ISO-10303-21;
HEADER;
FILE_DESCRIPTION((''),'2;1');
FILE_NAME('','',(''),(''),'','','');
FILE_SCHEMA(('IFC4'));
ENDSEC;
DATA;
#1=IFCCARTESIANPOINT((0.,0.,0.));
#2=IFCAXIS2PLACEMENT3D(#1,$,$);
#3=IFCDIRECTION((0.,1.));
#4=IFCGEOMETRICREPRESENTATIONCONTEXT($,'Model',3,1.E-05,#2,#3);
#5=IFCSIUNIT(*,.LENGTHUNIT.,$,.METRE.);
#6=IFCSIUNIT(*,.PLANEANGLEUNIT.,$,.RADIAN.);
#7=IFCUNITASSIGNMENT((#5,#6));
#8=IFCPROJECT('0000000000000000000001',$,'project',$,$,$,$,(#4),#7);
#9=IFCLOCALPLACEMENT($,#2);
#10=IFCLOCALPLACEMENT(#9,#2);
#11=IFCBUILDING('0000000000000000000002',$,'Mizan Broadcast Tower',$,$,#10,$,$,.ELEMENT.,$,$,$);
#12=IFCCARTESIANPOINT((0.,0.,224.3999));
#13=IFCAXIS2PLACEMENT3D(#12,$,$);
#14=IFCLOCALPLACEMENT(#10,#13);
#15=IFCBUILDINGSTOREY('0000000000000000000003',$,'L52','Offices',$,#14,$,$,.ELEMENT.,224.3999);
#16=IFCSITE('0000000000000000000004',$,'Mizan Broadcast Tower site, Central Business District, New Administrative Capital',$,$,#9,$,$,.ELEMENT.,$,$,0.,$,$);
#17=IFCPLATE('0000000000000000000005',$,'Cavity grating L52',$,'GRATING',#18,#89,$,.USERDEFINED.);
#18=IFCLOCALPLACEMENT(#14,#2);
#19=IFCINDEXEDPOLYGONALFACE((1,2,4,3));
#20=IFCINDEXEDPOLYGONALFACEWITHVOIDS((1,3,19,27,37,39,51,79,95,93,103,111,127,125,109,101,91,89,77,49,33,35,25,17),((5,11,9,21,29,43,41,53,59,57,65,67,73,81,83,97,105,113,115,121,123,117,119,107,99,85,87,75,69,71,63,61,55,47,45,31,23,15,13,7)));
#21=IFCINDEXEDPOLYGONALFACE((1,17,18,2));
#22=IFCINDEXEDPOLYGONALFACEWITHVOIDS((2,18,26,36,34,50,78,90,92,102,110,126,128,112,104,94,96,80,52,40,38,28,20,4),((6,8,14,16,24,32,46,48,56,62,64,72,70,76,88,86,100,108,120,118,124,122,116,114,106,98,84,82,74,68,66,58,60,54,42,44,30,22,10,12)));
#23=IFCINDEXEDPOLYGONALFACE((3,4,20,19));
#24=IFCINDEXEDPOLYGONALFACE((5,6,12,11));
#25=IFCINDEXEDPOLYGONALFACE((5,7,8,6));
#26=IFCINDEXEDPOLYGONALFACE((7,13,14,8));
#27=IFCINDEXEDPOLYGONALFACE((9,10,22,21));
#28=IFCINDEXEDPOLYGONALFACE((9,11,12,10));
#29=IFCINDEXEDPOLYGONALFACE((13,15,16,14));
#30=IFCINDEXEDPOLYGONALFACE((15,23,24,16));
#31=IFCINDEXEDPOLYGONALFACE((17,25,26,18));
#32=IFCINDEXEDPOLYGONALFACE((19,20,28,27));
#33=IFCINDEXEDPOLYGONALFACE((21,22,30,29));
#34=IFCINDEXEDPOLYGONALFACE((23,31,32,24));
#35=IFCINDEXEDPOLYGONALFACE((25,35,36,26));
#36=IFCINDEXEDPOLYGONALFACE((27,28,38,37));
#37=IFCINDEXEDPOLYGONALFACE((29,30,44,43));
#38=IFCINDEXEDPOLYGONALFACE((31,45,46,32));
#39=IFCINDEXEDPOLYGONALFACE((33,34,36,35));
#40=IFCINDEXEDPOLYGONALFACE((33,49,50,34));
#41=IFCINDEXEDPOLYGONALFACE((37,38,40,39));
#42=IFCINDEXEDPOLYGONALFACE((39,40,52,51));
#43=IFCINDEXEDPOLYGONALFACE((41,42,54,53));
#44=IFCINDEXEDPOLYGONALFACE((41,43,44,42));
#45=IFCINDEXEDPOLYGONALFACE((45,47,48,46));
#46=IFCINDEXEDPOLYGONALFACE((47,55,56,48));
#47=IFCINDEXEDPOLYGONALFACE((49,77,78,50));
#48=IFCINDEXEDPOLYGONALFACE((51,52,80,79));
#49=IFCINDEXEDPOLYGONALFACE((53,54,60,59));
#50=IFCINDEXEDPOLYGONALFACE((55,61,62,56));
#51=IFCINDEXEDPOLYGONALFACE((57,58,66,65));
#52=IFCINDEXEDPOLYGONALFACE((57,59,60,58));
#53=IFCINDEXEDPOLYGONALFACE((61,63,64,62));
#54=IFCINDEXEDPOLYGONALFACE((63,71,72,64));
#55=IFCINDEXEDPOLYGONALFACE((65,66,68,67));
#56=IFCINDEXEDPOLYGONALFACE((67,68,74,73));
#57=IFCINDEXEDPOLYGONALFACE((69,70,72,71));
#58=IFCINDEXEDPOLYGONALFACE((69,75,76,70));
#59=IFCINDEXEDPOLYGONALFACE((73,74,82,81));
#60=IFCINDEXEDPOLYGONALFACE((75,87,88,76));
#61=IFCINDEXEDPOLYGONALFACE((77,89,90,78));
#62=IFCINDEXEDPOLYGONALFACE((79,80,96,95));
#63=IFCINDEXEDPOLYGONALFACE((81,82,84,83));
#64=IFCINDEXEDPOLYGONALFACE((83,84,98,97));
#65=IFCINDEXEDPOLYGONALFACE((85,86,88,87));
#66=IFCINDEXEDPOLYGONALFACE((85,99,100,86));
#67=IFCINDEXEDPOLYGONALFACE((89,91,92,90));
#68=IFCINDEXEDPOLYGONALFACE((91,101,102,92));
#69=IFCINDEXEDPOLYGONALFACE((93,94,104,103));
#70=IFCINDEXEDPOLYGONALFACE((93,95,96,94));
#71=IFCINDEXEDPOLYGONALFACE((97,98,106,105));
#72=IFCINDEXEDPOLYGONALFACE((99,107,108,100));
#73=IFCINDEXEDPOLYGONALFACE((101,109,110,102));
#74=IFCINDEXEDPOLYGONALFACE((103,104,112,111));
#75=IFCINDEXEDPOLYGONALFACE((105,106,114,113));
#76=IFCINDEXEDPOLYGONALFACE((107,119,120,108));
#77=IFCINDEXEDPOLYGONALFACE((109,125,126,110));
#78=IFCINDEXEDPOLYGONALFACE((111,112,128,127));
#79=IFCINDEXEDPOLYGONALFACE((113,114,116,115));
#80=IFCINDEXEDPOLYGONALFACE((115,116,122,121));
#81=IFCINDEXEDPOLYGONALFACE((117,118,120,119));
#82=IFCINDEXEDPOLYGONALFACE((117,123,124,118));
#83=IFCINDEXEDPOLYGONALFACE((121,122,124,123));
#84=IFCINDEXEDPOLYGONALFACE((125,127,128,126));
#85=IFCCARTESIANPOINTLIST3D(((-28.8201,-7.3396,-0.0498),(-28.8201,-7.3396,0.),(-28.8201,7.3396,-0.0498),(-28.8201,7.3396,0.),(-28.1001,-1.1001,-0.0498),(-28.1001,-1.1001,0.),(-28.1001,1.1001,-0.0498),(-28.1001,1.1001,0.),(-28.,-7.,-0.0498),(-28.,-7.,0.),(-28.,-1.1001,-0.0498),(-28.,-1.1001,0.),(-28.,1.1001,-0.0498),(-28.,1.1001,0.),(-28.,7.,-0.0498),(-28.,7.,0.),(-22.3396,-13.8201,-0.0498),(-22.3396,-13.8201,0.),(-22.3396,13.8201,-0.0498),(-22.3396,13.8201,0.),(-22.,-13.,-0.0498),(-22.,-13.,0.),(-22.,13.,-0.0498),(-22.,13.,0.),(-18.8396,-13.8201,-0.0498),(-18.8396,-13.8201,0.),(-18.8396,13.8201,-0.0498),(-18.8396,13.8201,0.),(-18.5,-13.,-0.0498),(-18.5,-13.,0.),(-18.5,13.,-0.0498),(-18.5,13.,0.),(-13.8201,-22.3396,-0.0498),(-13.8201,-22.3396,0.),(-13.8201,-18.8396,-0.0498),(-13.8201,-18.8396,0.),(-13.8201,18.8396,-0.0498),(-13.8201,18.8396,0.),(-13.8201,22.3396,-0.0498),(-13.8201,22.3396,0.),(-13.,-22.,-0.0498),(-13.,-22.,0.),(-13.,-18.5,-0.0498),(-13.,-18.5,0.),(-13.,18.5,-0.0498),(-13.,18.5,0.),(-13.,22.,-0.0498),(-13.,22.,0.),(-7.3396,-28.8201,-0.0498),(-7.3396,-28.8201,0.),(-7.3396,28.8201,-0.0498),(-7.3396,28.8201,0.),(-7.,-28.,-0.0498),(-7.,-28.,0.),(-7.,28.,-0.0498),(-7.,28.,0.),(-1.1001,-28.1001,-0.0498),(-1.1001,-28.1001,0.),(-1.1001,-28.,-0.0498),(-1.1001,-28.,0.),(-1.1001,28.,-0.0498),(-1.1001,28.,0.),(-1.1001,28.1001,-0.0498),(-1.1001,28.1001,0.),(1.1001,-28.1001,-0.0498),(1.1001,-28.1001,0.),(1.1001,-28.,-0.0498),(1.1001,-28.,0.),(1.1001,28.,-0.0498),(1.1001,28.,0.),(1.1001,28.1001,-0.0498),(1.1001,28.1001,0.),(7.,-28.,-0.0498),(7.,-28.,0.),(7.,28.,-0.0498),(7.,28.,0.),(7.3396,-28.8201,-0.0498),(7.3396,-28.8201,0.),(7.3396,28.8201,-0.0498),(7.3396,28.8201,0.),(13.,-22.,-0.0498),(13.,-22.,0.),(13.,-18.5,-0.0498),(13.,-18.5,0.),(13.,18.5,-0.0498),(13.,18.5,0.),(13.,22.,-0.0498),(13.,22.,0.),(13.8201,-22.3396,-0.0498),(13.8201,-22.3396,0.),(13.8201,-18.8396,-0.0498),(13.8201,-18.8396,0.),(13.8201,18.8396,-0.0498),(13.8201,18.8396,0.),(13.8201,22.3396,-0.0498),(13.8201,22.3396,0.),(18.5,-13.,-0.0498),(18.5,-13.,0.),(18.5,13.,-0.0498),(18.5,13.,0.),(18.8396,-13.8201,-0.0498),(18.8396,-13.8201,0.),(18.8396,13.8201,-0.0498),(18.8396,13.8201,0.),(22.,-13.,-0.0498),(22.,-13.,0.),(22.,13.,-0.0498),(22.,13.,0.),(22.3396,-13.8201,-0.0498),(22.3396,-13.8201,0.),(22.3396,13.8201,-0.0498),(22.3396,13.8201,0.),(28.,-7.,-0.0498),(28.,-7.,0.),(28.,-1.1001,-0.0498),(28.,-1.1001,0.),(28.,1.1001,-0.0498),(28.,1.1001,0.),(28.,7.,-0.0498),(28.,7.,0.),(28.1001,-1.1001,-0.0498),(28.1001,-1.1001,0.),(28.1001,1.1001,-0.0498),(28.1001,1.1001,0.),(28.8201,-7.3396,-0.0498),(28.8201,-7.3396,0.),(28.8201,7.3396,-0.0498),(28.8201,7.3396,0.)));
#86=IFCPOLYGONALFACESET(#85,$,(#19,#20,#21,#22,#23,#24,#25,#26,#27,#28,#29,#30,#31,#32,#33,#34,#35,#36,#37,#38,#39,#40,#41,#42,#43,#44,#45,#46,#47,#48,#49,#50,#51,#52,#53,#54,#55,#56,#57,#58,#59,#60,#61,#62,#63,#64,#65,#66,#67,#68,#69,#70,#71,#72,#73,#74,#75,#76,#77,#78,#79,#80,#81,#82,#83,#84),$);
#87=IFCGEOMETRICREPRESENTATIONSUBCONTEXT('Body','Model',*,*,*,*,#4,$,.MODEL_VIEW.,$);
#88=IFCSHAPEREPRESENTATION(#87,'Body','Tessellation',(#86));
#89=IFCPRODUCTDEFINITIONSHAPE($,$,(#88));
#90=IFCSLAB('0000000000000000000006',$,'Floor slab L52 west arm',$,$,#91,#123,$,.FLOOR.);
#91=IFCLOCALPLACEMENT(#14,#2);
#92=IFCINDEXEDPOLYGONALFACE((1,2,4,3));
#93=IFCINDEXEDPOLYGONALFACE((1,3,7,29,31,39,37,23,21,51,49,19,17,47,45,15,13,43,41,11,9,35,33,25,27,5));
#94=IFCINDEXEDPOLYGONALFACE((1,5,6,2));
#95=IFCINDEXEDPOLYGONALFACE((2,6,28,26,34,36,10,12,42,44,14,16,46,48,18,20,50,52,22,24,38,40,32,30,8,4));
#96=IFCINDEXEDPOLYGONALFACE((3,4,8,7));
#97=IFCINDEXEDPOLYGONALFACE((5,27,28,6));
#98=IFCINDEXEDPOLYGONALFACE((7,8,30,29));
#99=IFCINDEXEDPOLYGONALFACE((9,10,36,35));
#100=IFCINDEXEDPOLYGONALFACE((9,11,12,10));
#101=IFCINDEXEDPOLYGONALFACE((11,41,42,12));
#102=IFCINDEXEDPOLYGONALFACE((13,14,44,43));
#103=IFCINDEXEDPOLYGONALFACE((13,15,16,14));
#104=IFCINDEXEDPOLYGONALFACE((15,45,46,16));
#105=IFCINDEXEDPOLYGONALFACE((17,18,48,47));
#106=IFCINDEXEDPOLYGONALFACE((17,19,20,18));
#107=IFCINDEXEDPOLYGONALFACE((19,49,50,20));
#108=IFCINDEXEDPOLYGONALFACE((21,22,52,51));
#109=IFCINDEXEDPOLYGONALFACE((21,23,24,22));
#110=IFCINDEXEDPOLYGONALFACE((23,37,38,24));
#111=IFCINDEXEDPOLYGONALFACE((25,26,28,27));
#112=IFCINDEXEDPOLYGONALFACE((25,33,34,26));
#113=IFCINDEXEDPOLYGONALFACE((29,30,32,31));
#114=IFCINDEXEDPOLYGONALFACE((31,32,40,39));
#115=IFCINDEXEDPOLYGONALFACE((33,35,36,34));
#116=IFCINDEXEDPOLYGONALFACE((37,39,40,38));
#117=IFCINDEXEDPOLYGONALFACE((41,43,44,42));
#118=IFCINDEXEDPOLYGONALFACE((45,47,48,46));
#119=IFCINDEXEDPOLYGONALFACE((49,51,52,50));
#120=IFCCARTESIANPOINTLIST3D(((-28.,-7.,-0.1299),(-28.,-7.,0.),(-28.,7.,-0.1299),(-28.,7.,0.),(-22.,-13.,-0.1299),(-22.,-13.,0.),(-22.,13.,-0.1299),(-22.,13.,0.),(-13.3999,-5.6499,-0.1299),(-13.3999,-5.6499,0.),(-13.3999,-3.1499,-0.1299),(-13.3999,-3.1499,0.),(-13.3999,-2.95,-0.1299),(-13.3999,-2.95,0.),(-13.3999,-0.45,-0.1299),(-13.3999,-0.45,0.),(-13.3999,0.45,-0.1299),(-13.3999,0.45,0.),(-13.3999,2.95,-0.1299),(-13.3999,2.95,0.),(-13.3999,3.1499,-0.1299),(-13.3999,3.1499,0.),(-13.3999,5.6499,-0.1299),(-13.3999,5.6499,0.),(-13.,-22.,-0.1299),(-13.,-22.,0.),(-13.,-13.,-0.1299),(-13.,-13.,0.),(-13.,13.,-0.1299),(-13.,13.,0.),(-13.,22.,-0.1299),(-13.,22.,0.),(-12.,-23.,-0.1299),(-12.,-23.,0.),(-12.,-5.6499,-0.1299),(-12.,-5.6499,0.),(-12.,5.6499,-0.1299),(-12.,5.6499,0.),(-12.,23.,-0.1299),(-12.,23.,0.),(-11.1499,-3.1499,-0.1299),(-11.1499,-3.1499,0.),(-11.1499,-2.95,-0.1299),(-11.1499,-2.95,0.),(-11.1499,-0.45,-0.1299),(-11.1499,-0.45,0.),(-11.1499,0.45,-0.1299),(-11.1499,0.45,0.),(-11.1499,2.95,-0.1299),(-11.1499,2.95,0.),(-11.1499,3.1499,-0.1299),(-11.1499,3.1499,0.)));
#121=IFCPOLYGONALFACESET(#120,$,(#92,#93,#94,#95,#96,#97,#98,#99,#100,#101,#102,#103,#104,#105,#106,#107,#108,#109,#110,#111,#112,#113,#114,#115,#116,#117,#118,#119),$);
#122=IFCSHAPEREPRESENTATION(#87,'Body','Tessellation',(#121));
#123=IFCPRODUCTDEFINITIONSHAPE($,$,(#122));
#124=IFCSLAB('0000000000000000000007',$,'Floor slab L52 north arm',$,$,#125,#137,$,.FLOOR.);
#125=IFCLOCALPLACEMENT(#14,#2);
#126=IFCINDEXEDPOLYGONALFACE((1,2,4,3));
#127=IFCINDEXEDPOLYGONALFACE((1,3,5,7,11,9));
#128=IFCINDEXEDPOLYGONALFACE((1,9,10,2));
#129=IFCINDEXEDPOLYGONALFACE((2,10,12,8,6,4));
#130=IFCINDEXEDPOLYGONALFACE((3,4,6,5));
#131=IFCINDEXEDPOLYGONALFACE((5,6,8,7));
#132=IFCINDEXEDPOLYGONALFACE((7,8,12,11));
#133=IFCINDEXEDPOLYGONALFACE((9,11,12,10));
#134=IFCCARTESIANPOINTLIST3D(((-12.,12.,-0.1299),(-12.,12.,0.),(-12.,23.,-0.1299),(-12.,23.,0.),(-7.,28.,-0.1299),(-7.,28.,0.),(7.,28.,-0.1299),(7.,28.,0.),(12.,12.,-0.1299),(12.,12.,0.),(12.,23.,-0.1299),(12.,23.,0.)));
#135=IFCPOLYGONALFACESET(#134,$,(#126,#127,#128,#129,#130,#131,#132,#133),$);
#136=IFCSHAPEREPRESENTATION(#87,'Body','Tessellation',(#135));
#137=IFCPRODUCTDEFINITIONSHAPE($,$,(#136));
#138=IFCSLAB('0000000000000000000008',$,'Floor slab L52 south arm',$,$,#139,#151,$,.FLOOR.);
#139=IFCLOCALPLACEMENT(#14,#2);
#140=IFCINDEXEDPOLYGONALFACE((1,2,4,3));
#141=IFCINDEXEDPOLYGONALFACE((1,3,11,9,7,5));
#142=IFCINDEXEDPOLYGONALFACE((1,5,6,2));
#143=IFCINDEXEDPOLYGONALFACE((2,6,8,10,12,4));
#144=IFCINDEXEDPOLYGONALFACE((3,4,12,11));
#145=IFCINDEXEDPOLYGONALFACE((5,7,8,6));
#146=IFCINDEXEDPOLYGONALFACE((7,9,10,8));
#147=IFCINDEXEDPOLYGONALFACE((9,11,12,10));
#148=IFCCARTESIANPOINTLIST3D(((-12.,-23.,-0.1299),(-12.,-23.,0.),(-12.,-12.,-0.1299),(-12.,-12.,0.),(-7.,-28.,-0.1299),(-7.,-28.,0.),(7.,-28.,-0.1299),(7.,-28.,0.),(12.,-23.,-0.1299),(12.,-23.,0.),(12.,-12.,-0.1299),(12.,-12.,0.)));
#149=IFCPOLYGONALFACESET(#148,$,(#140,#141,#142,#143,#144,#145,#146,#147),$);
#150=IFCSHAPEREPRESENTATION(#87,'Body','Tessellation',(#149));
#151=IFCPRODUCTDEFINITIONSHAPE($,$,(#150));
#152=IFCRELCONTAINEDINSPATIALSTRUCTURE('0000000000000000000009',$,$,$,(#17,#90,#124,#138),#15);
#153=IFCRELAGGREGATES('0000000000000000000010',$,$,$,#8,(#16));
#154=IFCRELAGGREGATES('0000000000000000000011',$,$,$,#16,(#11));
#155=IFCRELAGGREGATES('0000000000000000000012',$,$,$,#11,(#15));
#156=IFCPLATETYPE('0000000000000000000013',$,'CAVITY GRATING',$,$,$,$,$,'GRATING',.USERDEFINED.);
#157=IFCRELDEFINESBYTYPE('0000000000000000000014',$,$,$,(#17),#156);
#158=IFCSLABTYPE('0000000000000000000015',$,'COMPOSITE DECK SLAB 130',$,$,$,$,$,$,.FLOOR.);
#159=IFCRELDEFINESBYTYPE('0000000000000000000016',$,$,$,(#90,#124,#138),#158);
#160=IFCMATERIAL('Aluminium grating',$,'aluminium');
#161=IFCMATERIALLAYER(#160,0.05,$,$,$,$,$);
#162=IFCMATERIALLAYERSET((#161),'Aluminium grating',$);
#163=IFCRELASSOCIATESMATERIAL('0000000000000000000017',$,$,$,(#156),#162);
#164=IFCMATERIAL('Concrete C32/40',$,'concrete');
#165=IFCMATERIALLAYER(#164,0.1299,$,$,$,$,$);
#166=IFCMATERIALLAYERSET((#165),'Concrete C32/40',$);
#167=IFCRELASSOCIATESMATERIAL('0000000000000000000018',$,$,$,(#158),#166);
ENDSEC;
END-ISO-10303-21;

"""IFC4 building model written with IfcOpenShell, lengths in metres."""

from ifc_helpers import new_model, si_unit, direction, frame, origin, place, context, subcontext, project, spatial, polyline, outline, extrude, material, layer, layer_set, type_object, element, save


model = new_model("IFC4")

# Units and contexts
model_context = context("Model", 3, precision=1e-05, world=origin(), true_north=direction((0.0, 1.0)))
body_context = subcontext(model_context, "Body", "Model", "MODEL_VIEW")
ifc_project = project(units=[si_unit("LENGTHUNIT", "METRE"), si_unit("PLANEANGLEUNIT", "RADIAN")], contexts=[model_context])

# Site, building, storey
site_placement = place(None, origin())
site = spatial("IfcSite", under=ifc_project, at=site_placement, Name="Mizan Broadcast Tower site, Central Business District, New Administrative Capital", CompositionType="ELEMENT", RefElevation=0.0)
building_placement = place(site_placement, origin())
building = spatial("IfcBuilding", under=site, at=building_placement, Name="Mizan Broadcast Tower", CompositionType="ELEMENT")
storey_placement = place(building_placement, frame((0.0, 0.0, 224.3999)))
storey = spatial("IfcBuildingStorey", under=building, at=storey_placement, Name="L52", Description="Offices", CompositionType="ELEMENT", Elevation=224.3999)

# Plate
ifc_material_1 = material(Name="Aluminium grating", Category="aluminium")
ifc_layer_1 = layer(ifc_material_1, 0.05)
ifc_layer_set_1 = layer_set([ifc_layer_1], Name="Aluminium grating")
plate_type = type_object("IfcPlateType", Name="CAVITY GRATING", ElementType="GRATING", PredefinedType="USERDEFINED", material=ifc_layer_set_1)
plate_placement = place(storey_placement, frame((0.0, 0.0, -0.0498)))
element("IfcPlate", 1, at=plate_placement, inside=storey, type_object=plate_type, Name="Cavity grating L52", ObjectType="GRATING", PredefinedType="USERDEFINED", context=body_context, shape_type="SweptSolid", body=[
    extrude(outline(polyline([(13.8201, -18.8396), (18.8396, -13.8201), (22.3396, -13.8201), (28.8201, -7.3396), (28.8201, 7.3396), (22.3396, 13.8201), (18.8396, 13.8201), (13.8201, 18.8396), (13.8201, 22.3396), (7.3396, 28.8201), (-7.3396, 28.8201), (-13.8201, 22.3396), (-13.8201, 18.8396), (-18.8396, 13.8201), (-22.3396, 13.8201), (-28.8201, 7.3396), (-28.8201, -7.3396), (-22.3396, -13.8201), (-18.8396, -13.8201), (-13.8201, -18.8396), (-13.8201, -22.3396), (-7.3396, -28.8201), (7.3396, -28.8201), (13.8201, -22.3396), (13.8201, -18.8396)]), holes=[polyline([(28.0, -1.1001), (28.0, -7.0), (22.0, -13.0), (18.5, -13.0), (13.0, -18.5), (13.0, -22.0), (7.0, -28.0), (1.1001, -28.0), (1.1001, -28.1001), (-1.1001, -28.1001), (-1.1001, -28.0), (-7.0, -28.0), (-13.0, -22.0), (-13.0, -18.5), (-18.5, -13.0), (-22.0, -13.0), (-28.0, -7.0), (-28.0, -1.1001), (-28.1001, -1.1001), (-28.1001, 1.1001), (-28.0, 1.1001), (-28.0, 7.0), (-22.0, 13.0), (-18.5, 13.0), (-13.0, 18.5), (-13.0, 22.0), (-7.0, 28.0), (-1.1001, 28.0), (-1.1001, 28.1001), (1.1001, 28.1001), (1.1001, 28.0), (7.0, 28.0), (13.0, 22.0), (13.0, 18.5), (18.5, 13.0), (22.0, 13.0), (28.0, 7.0), (28.0, 1.1001), (28.1001, 1.1001), (28.1001, -1.1001), (28.0, -1.1001)])]), origin(), (0.0, 0.0, 1.0), 0.0498),
])

# Slabs
ifc_material_2 = material(Name="Concrete C32/40", Category="concrete")
ifc_layer_2 = layer(ifc_material_2, 0.1299)
ifc_layer_set_2 = layer_set([ifc_layer_2], Name="Concrete C32/40")
slab_type_1 = type_object("IfcSlabType", Name="COMPOSITE DECK SLAB 130", PredefinedType="FLOOR", material=ifc_layer_set_2)
slab_1_placement = place(storey_placement, frame((0.0, 0.0, -0.1299)))
element("IfcSlab", 2, at=slab_1_placement, inside=storey, type_object=slab_type_1, Name="Floor slab L52 west arm", PredefinedType="FLOOR", context=body_context, shape_type="SweptSolid", body=[
    extrude(outline(polyline([(-22.0, 13.0), (-28.0, 7.0), (-28.0, -7.0), (-22.0, -13.0), (-13.0, -13.0), (-13.0, -22.0), (-12.0, -23.0), (-12.0, -5.6499), (-13.3999, -5.6499), (-13.3999, -3.1499), (-11.1499, -3.1499), (-11.1499, -2.95), (-13.3999, -2.95), (-13.3999, -0.45), (-11.1499, -0.45), (-11.1499, 0.45), (-13.3999, 0.45), (-13.3999, 2.95), (-11.1499, 2.95), (-11.1499, 3.1499), (-13.3999, 3.1499), (-13.3999, 5.6499), (-12.0, 5.6499), (-12.0, 23.0), (-13.0, 22.0), (-13.0, 13.0), (-22.0, 13.0)])), origin(), (0.0, 0.0, 1.0), 0.1299),
])
slab_2_placement = place(storey_placement, frame((0.0, 0.0, -0.1299)))
element("IfcSlab", 3, at=slab_2_placement, inside=storey, type_object=slab_type_1, Name="Floor slab L52 north arm", PredefinedType="FLOOR", context=body_context, shape_type="SweptSolid", body=[
    extrude(outline(polyline([(-7.0, 28.0), (-12.0, 23.0), (-12.0, 12.0), (12.0, 12.0), (12.0, 23.0), (7.0, 28.0), (-7.0, 28.0)])), origin(), (0.0, 0.0, 1.0), 0.1299),
])
slab_3_placement = place(storey_placement, frame((0.0, 0.0, -0.1299)))
element("IfcSlab", 4, at=slab_3_placement, inside=storey, type_object=slab_type_1, Name="Floor slab L52 south arm", PredefinedType="FLOOR", context=body_context, shape_type="SweptSolid", body=[
    extrude(outline(polyline([(7.0, -28.0), (12.0, -23.0), (12.0, -12.0), (-12.0, -12.0), (-12.0, -23.0), (-7.0, -28.0), (7.0, -28.0)])), origin(), (0.0, 0.0, 1.0), 0.1299),
])

save(model, "model.ifc")
